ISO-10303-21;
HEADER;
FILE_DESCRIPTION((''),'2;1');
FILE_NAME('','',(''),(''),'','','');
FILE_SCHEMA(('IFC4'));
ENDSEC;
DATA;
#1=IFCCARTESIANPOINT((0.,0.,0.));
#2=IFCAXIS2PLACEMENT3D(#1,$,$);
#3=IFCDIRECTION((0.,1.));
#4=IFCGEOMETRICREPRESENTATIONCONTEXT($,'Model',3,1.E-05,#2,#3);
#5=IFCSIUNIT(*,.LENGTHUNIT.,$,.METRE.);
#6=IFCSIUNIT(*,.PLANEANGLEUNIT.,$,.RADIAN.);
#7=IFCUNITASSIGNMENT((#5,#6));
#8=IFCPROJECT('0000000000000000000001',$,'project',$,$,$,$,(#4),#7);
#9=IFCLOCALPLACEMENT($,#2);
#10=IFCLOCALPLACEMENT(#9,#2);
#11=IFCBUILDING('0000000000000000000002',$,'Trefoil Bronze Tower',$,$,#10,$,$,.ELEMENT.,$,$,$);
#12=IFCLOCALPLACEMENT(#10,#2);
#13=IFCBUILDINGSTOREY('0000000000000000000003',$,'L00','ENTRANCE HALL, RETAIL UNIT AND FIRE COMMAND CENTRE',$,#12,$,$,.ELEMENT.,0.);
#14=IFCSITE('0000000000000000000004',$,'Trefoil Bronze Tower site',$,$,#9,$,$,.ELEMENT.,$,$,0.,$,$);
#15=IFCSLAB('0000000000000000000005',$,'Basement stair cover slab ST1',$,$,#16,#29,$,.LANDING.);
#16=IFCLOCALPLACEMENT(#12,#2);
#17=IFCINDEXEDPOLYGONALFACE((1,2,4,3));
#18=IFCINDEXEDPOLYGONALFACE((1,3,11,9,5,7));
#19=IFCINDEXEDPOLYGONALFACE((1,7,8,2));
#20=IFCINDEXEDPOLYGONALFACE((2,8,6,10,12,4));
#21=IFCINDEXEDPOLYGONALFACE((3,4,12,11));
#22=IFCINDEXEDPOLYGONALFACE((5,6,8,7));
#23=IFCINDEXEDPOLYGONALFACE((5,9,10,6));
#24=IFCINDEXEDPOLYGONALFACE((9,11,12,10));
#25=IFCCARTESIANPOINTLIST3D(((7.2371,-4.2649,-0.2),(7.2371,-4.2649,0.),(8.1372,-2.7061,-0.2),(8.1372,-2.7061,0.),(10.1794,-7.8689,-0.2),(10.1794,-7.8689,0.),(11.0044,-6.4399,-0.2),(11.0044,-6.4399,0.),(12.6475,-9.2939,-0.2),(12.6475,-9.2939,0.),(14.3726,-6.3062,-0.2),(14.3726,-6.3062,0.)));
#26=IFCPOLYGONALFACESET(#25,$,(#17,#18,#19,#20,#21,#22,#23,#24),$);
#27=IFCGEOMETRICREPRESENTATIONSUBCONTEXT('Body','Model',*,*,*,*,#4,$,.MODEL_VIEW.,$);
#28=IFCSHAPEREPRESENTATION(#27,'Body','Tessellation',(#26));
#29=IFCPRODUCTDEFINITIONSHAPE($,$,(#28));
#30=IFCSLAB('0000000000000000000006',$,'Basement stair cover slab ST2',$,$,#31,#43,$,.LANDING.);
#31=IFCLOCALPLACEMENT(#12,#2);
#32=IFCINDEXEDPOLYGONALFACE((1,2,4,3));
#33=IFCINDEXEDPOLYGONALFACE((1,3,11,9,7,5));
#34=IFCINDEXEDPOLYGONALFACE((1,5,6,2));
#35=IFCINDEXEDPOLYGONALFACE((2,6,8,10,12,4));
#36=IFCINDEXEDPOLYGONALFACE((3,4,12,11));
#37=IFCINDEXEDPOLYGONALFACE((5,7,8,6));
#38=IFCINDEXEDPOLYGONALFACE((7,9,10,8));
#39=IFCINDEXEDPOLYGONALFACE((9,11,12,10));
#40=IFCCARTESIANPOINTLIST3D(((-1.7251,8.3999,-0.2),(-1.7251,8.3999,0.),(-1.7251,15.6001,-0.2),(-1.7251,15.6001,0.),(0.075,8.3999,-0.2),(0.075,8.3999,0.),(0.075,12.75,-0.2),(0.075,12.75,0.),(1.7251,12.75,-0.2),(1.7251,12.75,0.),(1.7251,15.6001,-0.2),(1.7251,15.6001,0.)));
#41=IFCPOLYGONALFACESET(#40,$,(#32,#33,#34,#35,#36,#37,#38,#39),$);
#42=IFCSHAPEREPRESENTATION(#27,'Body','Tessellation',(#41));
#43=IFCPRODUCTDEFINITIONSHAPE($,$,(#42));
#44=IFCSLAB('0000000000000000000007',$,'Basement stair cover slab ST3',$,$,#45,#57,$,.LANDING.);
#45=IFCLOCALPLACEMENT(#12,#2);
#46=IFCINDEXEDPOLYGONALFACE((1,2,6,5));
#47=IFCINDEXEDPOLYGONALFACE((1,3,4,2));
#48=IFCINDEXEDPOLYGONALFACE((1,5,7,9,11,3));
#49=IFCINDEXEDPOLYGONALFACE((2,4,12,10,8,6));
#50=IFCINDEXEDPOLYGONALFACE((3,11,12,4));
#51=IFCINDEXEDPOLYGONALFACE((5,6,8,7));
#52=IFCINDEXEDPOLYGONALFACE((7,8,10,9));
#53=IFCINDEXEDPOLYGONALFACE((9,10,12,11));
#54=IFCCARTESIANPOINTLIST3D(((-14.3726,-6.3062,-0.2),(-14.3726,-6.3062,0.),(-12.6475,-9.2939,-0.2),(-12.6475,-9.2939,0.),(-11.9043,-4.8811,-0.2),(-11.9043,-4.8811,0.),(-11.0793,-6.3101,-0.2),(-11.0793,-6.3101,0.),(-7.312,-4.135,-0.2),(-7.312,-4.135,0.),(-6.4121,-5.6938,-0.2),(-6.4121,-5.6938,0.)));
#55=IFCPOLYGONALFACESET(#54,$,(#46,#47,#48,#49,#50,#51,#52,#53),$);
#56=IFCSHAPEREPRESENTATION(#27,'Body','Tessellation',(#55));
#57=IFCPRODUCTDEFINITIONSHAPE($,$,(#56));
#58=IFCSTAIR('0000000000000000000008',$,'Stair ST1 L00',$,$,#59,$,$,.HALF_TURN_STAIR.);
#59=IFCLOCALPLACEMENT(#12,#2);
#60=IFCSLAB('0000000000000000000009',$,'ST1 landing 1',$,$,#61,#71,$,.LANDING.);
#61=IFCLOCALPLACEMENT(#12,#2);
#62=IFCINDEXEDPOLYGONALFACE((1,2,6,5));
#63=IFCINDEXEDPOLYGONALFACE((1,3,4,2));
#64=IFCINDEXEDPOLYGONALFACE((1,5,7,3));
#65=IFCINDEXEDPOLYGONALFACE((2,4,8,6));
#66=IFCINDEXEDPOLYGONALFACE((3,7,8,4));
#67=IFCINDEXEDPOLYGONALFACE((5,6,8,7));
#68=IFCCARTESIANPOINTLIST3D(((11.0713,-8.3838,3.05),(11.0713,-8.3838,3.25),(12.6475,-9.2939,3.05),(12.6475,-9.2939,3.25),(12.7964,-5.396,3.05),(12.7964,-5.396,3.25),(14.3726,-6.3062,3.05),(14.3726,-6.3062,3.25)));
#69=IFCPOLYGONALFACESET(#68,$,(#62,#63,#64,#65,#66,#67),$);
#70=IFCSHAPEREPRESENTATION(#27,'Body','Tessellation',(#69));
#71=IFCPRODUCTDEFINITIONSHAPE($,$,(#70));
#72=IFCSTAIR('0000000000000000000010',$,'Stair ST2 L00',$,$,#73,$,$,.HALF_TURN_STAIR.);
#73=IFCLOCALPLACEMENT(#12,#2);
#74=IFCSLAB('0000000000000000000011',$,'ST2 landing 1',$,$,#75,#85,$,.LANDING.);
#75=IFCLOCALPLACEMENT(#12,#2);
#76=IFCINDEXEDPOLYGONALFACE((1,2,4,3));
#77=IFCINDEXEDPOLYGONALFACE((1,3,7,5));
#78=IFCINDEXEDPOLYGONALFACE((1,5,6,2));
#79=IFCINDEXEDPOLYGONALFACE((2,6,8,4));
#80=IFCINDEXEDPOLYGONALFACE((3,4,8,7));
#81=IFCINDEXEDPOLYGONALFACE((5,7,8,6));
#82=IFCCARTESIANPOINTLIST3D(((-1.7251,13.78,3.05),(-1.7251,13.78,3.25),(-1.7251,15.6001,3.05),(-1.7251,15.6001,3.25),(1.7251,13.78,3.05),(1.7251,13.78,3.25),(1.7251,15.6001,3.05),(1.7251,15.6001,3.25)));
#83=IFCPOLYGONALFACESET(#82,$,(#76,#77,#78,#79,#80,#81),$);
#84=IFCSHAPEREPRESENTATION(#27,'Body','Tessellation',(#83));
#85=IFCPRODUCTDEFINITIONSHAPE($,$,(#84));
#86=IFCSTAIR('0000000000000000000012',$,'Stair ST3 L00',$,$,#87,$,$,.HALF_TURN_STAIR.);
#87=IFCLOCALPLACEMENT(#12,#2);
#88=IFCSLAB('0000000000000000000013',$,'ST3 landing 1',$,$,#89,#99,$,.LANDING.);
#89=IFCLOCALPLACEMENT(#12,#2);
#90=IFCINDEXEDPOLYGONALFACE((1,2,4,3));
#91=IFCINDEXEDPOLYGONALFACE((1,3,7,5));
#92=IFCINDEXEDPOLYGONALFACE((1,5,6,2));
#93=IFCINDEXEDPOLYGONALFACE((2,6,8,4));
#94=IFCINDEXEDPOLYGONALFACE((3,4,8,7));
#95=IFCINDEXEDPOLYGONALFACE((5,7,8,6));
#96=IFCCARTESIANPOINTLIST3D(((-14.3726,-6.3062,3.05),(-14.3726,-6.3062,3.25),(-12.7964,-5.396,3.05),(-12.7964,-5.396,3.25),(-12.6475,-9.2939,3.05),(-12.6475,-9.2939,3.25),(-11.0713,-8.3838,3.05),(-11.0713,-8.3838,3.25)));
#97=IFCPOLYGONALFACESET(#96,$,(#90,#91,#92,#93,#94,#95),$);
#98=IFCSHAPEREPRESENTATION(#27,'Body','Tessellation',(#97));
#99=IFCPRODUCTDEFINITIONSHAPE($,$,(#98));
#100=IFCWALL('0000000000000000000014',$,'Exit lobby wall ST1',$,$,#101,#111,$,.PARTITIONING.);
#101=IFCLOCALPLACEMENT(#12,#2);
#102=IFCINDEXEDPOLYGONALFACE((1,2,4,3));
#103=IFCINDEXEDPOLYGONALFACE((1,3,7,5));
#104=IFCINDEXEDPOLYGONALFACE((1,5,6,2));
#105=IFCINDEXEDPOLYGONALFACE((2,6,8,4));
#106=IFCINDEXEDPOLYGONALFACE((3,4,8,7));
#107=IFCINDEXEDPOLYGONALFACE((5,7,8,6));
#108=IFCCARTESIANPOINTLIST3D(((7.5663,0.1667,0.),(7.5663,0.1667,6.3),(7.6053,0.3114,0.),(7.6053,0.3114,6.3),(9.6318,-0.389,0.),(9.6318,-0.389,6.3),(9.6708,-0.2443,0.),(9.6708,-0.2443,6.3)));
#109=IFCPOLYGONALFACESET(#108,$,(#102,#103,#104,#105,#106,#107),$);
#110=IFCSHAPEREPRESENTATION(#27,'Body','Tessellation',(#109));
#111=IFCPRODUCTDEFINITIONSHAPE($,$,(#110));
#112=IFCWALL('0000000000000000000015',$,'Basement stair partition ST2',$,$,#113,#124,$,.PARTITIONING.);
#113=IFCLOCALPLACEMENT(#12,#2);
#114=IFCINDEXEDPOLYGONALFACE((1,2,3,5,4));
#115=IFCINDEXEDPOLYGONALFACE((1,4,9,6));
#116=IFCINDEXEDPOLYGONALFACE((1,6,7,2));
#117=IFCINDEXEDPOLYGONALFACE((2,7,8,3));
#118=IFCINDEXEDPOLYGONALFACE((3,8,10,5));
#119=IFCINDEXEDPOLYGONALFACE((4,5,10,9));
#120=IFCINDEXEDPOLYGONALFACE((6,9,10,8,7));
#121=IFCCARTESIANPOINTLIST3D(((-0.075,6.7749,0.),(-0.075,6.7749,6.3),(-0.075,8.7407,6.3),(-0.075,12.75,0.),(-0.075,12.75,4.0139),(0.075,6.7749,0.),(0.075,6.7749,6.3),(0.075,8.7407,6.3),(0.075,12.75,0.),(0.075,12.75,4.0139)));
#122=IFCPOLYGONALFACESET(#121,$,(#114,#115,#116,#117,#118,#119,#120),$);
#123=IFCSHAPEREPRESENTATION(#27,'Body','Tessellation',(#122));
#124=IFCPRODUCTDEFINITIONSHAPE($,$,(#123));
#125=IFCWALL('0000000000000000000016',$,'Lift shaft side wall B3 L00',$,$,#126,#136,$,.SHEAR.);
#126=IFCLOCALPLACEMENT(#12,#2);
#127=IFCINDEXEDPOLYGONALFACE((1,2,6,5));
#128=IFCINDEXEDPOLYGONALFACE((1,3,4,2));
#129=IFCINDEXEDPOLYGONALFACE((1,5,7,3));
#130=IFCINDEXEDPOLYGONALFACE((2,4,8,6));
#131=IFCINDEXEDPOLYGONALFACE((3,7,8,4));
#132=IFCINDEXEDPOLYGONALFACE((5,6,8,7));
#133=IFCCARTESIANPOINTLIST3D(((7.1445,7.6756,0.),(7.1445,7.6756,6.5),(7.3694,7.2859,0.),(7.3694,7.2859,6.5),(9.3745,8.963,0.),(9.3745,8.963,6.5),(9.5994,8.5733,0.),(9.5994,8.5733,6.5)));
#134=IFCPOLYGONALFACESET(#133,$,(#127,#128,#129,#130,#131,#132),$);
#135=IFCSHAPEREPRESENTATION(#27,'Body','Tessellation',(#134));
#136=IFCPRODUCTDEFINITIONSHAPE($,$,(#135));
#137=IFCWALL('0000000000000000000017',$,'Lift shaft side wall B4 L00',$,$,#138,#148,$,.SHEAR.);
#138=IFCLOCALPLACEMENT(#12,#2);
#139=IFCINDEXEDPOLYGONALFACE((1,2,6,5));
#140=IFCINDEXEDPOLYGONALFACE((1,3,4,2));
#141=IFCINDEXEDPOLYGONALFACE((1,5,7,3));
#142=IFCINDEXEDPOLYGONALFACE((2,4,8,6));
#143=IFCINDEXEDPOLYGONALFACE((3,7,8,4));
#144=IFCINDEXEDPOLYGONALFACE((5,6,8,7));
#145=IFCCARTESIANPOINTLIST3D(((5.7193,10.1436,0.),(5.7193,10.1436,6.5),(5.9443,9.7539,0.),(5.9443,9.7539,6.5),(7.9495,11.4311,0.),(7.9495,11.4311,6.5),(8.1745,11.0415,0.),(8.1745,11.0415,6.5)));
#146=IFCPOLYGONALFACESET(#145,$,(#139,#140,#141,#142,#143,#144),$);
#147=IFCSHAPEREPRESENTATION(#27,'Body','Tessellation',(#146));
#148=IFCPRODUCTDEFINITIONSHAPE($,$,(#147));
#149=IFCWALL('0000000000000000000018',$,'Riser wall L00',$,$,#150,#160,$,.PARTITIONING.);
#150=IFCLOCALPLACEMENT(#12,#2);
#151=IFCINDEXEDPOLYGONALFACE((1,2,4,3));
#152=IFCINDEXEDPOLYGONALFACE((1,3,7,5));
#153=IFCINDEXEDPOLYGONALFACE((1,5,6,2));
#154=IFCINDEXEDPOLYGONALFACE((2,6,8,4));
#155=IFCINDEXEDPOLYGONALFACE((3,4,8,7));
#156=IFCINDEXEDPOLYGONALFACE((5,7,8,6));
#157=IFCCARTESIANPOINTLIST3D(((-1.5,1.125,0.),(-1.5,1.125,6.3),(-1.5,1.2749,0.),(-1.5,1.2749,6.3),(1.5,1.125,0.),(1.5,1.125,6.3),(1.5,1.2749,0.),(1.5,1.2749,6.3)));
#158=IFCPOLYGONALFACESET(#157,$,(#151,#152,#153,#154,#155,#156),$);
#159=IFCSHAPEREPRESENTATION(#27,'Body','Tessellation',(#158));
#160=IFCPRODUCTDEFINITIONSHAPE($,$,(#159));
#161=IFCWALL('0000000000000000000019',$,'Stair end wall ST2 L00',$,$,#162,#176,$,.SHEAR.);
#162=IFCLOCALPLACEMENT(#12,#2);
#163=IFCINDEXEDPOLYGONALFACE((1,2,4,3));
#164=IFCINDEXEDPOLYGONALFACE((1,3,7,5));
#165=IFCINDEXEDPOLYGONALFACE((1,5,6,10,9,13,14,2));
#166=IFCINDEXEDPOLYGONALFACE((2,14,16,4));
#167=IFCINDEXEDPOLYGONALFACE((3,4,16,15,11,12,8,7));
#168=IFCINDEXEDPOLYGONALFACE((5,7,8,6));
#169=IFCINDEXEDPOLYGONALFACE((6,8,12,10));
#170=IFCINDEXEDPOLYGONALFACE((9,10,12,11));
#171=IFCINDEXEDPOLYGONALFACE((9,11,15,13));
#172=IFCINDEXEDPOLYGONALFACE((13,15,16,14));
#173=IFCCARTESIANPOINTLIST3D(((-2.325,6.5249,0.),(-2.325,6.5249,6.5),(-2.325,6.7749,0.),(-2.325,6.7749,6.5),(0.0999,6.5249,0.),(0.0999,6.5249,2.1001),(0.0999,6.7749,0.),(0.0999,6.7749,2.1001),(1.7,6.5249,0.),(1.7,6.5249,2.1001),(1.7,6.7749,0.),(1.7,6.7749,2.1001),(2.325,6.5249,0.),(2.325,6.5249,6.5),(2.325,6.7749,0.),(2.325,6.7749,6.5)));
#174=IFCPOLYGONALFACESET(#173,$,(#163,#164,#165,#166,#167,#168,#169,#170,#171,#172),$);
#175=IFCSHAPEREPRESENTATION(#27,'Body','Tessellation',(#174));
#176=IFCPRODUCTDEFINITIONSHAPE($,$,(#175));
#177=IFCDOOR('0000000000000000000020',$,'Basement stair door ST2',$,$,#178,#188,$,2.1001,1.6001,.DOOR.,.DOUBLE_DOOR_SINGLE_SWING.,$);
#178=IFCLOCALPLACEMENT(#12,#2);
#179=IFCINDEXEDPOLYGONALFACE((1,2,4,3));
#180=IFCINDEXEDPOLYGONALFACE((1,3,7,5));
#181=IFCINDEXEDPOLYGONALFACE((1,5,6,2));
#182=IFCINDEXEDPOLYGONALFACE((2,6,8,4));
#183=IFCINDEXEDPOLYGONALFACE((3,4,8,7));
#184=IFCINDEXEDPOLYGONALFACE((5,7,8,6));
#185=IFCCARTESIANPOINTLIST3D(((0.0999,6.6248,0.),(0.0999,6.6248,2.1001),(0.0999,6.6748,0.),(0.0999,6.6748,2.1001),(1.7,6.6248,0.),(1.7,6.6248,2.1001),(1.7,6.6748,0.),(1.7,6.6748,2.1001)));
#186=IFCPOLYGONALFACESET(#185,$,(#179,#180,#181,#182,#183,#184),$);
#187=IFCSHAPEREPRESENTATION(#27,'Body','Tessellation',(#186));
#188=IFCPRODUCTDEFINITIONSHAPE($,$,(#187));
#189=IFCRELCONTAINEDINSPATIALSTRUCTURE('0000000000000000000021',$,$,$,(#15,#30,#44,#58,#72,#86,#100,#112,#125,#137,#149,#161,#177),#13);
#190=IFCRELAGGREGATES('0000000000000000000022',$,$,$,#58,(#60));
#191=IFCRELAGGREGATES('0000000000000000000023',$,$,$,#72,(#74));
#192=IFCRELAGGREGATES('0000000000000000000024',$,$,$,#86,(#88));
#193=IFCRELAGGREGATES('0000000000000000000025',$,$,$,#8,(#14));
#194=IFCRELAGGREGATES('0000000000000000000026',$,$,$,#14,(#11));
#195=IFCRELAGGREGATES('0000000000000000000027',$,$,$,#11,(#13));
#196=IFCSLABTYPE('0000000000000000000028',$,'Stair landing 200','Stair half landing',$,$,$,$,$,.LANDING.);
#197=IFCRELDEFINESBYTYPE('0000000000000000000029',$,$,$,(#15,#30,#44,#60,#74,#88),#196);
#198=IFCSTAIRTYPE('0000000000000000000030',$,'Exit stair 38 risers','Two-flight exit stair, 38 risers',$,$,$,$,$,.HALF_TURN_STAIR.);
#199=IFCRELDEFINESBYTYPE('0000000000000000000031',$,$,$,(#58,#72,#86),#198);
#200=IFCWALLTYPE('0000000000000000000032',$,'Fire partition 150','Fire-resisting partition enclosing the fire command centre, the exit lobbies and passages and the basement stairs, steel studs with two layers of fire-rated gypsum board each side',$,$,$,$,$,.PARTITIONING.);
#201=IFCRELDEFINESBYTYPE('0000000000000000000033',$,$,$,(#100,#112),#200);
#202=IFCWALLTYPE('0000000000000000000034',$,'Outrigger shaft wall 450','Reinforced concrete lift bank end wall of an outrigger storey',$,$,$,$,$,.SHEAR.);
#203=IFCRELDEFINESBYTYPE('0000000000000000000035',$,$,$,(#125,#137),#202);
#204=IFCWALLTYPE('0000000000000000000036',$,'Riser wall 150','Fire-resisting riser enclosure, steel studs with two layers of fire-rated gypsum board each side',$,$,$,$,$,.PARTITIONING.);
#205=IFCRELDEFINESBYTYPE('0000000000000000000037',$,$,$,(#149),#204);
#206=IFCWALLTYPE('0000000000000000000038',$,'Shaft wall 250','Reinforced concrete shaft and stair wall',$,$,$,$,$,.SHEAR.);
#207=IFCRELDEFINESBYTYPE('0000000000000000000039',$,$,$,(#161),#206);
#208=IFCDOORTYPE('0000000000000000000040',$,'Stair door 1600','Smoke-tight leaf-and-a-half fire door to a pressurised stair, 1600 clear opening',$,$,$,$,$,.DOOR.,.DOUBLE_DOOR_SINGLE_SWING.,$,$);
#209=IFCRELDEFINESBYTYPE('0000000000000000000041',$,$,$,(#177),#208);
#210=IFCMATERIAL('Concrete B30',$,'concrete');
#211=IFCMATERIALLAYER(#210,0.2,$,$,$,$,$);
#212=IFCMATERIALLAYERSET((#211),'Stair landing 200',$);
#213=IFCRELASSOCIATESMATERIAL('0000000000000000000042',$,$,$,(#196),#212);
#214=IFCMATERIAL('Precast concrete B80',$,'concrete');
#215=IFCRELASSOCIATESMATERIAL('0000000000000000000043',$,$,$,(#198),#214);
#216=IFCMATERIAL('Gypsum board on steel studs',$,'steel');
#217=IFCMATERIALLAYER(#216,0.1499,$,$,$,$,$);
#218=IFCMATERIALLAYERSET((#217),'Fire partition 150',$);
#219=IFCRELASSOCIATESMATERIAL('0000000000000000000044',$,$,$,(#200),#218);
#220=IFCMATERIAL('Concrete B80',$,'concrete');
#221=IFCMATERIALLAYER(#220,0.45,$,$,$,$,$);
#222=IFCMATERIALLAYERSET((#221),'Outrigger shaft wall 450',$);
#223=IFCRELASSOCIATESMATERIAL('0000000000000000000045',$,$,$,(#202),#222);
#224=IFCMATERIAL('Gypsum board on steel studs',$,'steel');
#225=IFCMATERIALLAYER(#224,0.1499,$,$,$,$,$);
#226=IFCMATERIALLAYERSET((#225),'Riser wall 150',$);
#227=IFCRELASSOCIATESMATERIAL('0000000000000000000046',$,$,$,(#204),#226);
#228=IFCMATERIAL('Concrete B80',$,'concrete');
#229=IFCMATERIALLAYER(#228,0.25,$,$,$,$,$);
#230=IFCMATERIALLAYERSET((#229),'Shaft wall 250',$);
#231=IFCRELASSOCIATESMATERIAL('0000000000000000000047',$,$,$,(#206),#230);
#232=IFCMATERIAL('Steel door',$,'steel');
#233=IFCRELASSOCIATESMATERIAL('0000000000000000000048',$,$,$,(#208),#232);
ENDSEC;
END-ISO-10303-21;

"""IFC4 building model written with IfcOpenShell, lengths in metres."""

from ifc_helpers import new_model, si_unit, direction, frame, frame_2d, origin, place, context, subcontext, project, spatial, polyline, rectangle, outline, extrude, material, layer, layer_set, type_object, element, fill, aggregate, save


model = new_model("IFC4")

# Units and contexts
model_context = context("Model", 3, precision=1e-05, world=origin(), true_north=direction((0.0, 1.0)))
body_context = subcontext(model_context, "Body", "Model", "MODEL_VIEW")
ifc_project = project(units=[si_unit("LENGTHUNIT", "METRE"), si_unit("PLANEANGLEUNIT", "RADIAN")], contexts=[model_context])

# Site, building, storey
site_placement = place(None, origin())
site = spatial("IfcSite", under=ifc_project, at=site_placement, Name="Trefoil Bronze Tower site", CompositionType="ELEMENT", RefElevation=0.0)
building_placement = place(site_placement, origin())
building = spatial("IfcBuilding", under=site, at=building_placement, Name="Trefoil Bronze Tower", CompositionType="ELEMENT")
storey_placement = place(building_placement, origin())
storey = spatial("IfcBuildingStorey", under=building, at=storey_placement, Name="L00", Description="ENTRANCE HALL, RETAIL UNIT AND FIRE COMMAND CENTRE", CompositionType="ELEMENT", Elevation=0.0)

# Slabs
ifc_material_1 = material(Name="Concrete B30", Category="concrete")
ifc_layer_1 = layer(ifc_material_1, 0.2)
ifc_layer_set_1 = layer_set([ifc_layer_1], Name="Stair landing 200")
slab_type = type_object("IfcSlabType", Name="Stair landing 200", Description="Stair half landing", PredefinedType="LANDING", material=ifc_layer_set_1)
slab_1_placement = place(storey_placement, frame((0.0, 0.0, -0.2)))
element("IfcSlab", 1, at=slab_1_placement, inside=storey, type_object=slab_type, Name="Basement stair cover slab ST1", PredefinedType="LANDING", context=body_context, shape_type="SweptSolid", body=[
    extrude(outline(polyline([(7.2371, -4.2649), (11.0044, -6.4399), (10.1794, -7.8689), (12.6475, -9.2939), (14.3726, -6.3062), (8.1372, -2.7061), (7.2371, -4.2649)])), origin(), (0.0, 0.0, 1.0), 0.2),
])
slab_2_placement = place(storey_placement, frame((0.0, 0.0, -0.2)))
element("IfcSlab", 2, at=slab_2_placement, inside=storey, type_object=slab_type, Name="Basement stair cover slab ST2", PredefinedType="LANDING", context=body_context, shape_type="SweptSolid", body=[
    extrude(outline(polyline([(0.075, 8.3999), (0.075, 12.75), (1.7251, 12.75), (1.7251, 15.6001), (-1.7251, 15.6001), (-1.7251, 8.3999), (0.075, 8.3999)])), origin(), (0.0, 0.0, 1.0), 0.2),
])
slab_3_placement = place(storey_placement, frame((0.0, 0.0, -0.2)))
element("IfcSlab", 3, at=slab_3_placement, inside=storey, type_object=slab_type, Name="Basement stair cover slab ST3", PredefinedType="LANDING", context=body_context, shape_type="SweptSolid", body=[
    extrude(outline(polyline([(-7.312, -4.135), (-11.0793, -6.3101), (-11.9043, -4.8811), (-14.3726, -6.3062), (-12.6475, -9.2939), (-6.4121, -5.6938), (-7.312, -4.135)])), origin(), (0.0, 0.0, 1.0), 0.2),
])

# Stairs, slabs
ifc_material_2 = material(Name="Precast concrete B80", Category="concrete")
stair_type = type_object("IfcStairType", Name="Exit stair 38 risers", Description="Two-flight exit stair, 38 risers", PredefinedType="HALF_TURN_STAIR", material=ifc_material_2)
stair_1_placement = place(storey_placement, origin())
stair_1 = element("IfcStair", 4, at=stair_1_placement, inside=storey, type_object=stair_type, Name="Stair ST1 L00", PredefinedType="HALF_TURN_STAIR")
slab_4_placement = place(storey_placement, frame((0.0, 0.0, 3.05)))
slab_4 = element("IfcSlab", 5, at=slab_4_placement, type_object=slab_type, Name="ST1 landing 1", PredefinedType="LANDING", context=body_context, shape_type="SweptSolid", body=[
    extrude(outline(polyline([(11.0713, -8.3838), (12.6475, -9.2939), (14.3726, -6.3062), (12.7964, -5.396), (11.0713, -8.3838)])), origin(), (0.0, 0.0, 1.0), 0.2),
])
aggregate(stair_1, [slab_4])
stair_2_placement = place(storey_placement, origin())
stair_2 = element("IfcStair", 6, at=stair_2_placement, inside=storey, type_object=stair_type, Name="Stair ST2 L00", PredefinedType="HALF_TURN_STAIR")
slab_5_placement = place(storey_placement, frame((0.0, 0.0, 3.05)))
slab_5 = element("IfcSlab", 7, at=slab_5_placement, type_object=slab_type, Name="ST2 landing 1", PredefinedType="LANDING", context=body_context, shape_type="SweptSolid", body=[
    extrude(outline(polyline([(1.7251, 13.78), (1.7251, 15.6001), (-1.7251, 15.6001), (-1.7251, 13.78), (1.7251, 13.78)])), origin(), (0.0, 0.0, 1.0), 0.2),
])
aggregate(stair_2, [slab_5])
stair_3_placement = place(storey_placement, origin())
stair_3 = element("IfcStair", 8, at=stair_3_placement, inside=storey, type_object=stair_type, Name="Stair ST3 L00", PredefinedType="HALF_TURN_STAIR")
slab_6_placement = place(storey_placement, frame((0.0, 0.0, 3.05)))
slab_6 = element("IfcSlab", 9, at=slab_6_placement, type_object=slab_type, Name="ST3 landing 1", PredefinedType="LANDING", context=body_context, shape_type="SweptSolid", body=[
    extrude(outline(polyline([(-12.7964, -5.396), (-14.3726, -6.3062), (-12.6475, -9.2939), (-11.0713, -8.3838), (-12.7964, -5.396)])), origin(), (0.0, 0.0, 1.0), 0.2),
])
aggregate(stair_3, [slab_6])

# Walls
ifc_material_3 = material(Name="Gypsum board on steel studs", Category="steel")
ifc_layer_2 = layer(ifc_material_3, 0.1499)
ifc_layer_set_2 = layer_set([ifc_layer_2], Name="Fire partition 150")
wall_type_1 = type_object("IfcWallType", Name="Fire partition 150", Description="Fire-resisting partition enclosing the fire command centre, the exit lobbies and passages and the basement stairs, steel studs with two layers of fire-rated gypsum board each side", PredefinedType="PARTITIONING", material=ifc_layer_set_2)
wall_1_placement = place(storey_placement, frame((7.5859, 0.239, 0.0), z_axis=(0.0, 0.0, 1.0), x_axis=(0.965664, -0.259793, 0.0)))
element("IfcWall", 10, at=wall_1_placement, inside=storey, type_object=wall_type_1, Name="Exit lobby wall ST1", PredefinedType="PARTITIONING", context=body_context, shape_type="SweptSolid", body=[
    extrude(rectangle(XDim=2.1389, YDim=0.1499, at=frame_2d((1.0693, 0.0))), origin(), (0.0, 0.0, 1.0), 6.3),
])
wall_2_placement = place(storey_placement, frame((0.0, 6.7749, 0.0), z_axis=(0.0, 0.0, 1.0), x_axis=(0.0, 1.0, 0.0)))
element("IfcWall", 11, at=wall_2_placement, inside=storey, type_object=wall_type_1, Name="Basement stair partition ST2", PredefinedType="PARTITIONING", context=body_context, shape_type="SweptSolid", body=[
    extrude(outline(polyline([(0.0, 0.0), (5.9751, 0.0), (5.9751, 4.0139), (1.9658, 6.3), (0.0, 6.3), (0.0, 0.0)])), frame((0.0, 0.075, 0.0), z_axis=(0.0, -1.0, 0.0), x_axis=(1.0, 0.0, 0.0)), (0.0, 0.0, 1.0), 0.1499),
])
ifc_material_4 = material(Name="Concrete B80", Category="concrete")
ifc_layer_3 = layer(ifc_material_4, 0.45)
ifc_layer_set_3 = layer_set([ifc_layer_3], Name="Outrigger shaft wall 450")
wall_type_2 = type_object("IfcWallType", Name="Outrigger shaft wall 450", Description="Reinforced concrete lift bank end wall of an outrigger storey", PredefinedType="SHEAR", material=ifc_layer_set_3)
wall_3_placement = place(storey_placement, frame((7.2568, 7.4807, 0.0), z_axis=(0.0, 0.0, 1.0), x_axis=(0.866047, 0.499963, 0.0)))
element("IfcWall", 12, at=wall_3_placement, inside=storey, type_object=wall_type_2, Name="Lift shaft side wall B3 L00", PredefinedType="SHEAR", context=body_context, shape_type="SweptSolid", body=[
    extrude(rectangle(XDim=2.575, YDim=0.45, at=frame_2d((1.2876, 0.0))), origin(), (0.0, 0.0, 1.0), 6.5),
])
wall_4_placement = place(storey_placement, frame((5.8318, 9.9487, 0.0), z_axis=(0.0, 0.0, 1.0), x_axis=(0.866029, 0.499993, 0.0)))
element("IfcWall", 13, at=wall_4_placement, inside=storey, type_object=wall_type_2, Name="Lift shaft side wall B4 L00", PredefinedType="SHEAR", context=body_context, shape_type="SweptSolid", body=[
    extrude(rectangle(XDim=2.5752, YDim=0.45, at=frame_2d((1.2876, 0.0))), origin(), (0.0, 0.0, 1.0), 6.5),
])
ifc_material_5 = material(Name="Gypsum board on steel studs", Category="steel")
ifc_layer_4 = layer(ifc_material_5, 0.1499)
ifc_layer_set_4 = layer_set([ifc_layer_4], Name="Riser wall 150")
wall_type_3 = type_object("IfcWallType", Name="Riser wall 150", Description="Fire-resisting riser enclosure, steel studs with two layers of fire-rated gypsum board each side", PredefinedType="PARTITIONING", material=ifc_layer_set_4)
wall_5_placement = place(storey_placement, frame((1.5, 1.2, 0.0), z_axis=(0.0, 0.0, 1.0), x_axis=(-1.0, 0.0, 0.0)))
element("IfcWall", 14, at=wall_5_placement, inside=storey, type_object=wall_type_3, Name="Riser wall L00", PredefinedType="PARTITIONING", context=body_context, shape_type="SweptSolid", body=[
    extrude(rectangle(XDim=3.0, YDim=0.1499, at=frame_2d((1.5, 0.0))), origin(), (0.0, 0.0, 1.0), 6.3),
])

# Wall, opening, door
ifc_material_6 = material(Name="Concrete B80", Category="concrete")
ifc_layer_5 = layer(ifc_material_6, 0.25)
ifc_layer_set_5 = layer_set([ifc_layer_5], Name="Shaft wall 250")
wall_type_4 = type_object("IfcWallType", Name="Shaft wall 250", Description="Reinforced concrete shaft and stair wall", PredefinedType="SHEAR", material=ifc_layer_set_5)
wall_6_placement = place(storey_placement, frame((2.325, 6.6499, 0.0), z_axis=(0.0, 0.0, 1.0), x_axis=(-1.0, 0.0, 0.0)))
wall_6 = element("IfcWall", 15, at=wall_6_placement, inside=storey, type_object=wall_type_4, Name="Stair end wall ST2 L00", PredefinedType="SHEAR", context=body_context, shape_type="SweptSolid", body=[
    extrude(rectangle(XDim=4.6499, YDim=0.25, at=frame_2d((2.325, 0.0))), origin(), (0.0, 0.0, 1.0), 6.5),
])
opening_placement = place(wall_6_placement, frame((0.625, 0.0, 0.0)))
opening = element("IfcOpeningElement", 16, at=opening_placement, cuts=wall_6, PredefinedType="OPENING", context=body_context, shape_type="SweptSolid", body=[
    extrude(rectangle(XDim=1.6001, YDim=2.1001, at=frame_2d((0.8, 1.05))), frame((0.0, 0.135, 0.0), z_axis=(0.0, -1.0, 0.0), x_axis=(1.0, 0.0, 0.0)), (0.0, 0.0, 1.0), 0.27),
])
ifc_material_7 = material(Name="Steel door", Category="steel")
door_type = type_object("IfcDoorType", Name="Stair door 1600", Description="Smoke-tight leaf-and-a-half fire door to a pressurised stair, 1600 clear opening", OperationType="DOUBLE_DOOR_SINGLE_SWING", PredefinedType="DOOR", material=ifc_material_7)
door_placement = place(opening_placement, frame((1.6001, 0.0, 0.0), z_axis=(0.0, 0.0, 1.0), x_axis=(-1.0, 0.0, 0.0)))
door = element("IfcDoor", 17, at=door_placement, inside=storey, type_object=door_type, Name="Basement stair door ST2", OperationType="DOUBLE_DOOR_SINGLE_SWING", OverallHeight=2.1001, OverallWidth=1.6001, PredefinedType="DOOR", context=body_context, shape_type="SweptSolid", body=[
    extrude(rectangle(XDim=1.6001, YDim=2.1001, at=frame_2d((0.8, 1.05))), frame((0.0, 0.0249, 0.0), z_axis=(0.0, -1.0, 0.0), x_axis=(1.0, 0.0, 0.0)), (0.0, 0.0, 1.0), 0.05),
])
fill(opening, door)

save(model, "model.ifc")
